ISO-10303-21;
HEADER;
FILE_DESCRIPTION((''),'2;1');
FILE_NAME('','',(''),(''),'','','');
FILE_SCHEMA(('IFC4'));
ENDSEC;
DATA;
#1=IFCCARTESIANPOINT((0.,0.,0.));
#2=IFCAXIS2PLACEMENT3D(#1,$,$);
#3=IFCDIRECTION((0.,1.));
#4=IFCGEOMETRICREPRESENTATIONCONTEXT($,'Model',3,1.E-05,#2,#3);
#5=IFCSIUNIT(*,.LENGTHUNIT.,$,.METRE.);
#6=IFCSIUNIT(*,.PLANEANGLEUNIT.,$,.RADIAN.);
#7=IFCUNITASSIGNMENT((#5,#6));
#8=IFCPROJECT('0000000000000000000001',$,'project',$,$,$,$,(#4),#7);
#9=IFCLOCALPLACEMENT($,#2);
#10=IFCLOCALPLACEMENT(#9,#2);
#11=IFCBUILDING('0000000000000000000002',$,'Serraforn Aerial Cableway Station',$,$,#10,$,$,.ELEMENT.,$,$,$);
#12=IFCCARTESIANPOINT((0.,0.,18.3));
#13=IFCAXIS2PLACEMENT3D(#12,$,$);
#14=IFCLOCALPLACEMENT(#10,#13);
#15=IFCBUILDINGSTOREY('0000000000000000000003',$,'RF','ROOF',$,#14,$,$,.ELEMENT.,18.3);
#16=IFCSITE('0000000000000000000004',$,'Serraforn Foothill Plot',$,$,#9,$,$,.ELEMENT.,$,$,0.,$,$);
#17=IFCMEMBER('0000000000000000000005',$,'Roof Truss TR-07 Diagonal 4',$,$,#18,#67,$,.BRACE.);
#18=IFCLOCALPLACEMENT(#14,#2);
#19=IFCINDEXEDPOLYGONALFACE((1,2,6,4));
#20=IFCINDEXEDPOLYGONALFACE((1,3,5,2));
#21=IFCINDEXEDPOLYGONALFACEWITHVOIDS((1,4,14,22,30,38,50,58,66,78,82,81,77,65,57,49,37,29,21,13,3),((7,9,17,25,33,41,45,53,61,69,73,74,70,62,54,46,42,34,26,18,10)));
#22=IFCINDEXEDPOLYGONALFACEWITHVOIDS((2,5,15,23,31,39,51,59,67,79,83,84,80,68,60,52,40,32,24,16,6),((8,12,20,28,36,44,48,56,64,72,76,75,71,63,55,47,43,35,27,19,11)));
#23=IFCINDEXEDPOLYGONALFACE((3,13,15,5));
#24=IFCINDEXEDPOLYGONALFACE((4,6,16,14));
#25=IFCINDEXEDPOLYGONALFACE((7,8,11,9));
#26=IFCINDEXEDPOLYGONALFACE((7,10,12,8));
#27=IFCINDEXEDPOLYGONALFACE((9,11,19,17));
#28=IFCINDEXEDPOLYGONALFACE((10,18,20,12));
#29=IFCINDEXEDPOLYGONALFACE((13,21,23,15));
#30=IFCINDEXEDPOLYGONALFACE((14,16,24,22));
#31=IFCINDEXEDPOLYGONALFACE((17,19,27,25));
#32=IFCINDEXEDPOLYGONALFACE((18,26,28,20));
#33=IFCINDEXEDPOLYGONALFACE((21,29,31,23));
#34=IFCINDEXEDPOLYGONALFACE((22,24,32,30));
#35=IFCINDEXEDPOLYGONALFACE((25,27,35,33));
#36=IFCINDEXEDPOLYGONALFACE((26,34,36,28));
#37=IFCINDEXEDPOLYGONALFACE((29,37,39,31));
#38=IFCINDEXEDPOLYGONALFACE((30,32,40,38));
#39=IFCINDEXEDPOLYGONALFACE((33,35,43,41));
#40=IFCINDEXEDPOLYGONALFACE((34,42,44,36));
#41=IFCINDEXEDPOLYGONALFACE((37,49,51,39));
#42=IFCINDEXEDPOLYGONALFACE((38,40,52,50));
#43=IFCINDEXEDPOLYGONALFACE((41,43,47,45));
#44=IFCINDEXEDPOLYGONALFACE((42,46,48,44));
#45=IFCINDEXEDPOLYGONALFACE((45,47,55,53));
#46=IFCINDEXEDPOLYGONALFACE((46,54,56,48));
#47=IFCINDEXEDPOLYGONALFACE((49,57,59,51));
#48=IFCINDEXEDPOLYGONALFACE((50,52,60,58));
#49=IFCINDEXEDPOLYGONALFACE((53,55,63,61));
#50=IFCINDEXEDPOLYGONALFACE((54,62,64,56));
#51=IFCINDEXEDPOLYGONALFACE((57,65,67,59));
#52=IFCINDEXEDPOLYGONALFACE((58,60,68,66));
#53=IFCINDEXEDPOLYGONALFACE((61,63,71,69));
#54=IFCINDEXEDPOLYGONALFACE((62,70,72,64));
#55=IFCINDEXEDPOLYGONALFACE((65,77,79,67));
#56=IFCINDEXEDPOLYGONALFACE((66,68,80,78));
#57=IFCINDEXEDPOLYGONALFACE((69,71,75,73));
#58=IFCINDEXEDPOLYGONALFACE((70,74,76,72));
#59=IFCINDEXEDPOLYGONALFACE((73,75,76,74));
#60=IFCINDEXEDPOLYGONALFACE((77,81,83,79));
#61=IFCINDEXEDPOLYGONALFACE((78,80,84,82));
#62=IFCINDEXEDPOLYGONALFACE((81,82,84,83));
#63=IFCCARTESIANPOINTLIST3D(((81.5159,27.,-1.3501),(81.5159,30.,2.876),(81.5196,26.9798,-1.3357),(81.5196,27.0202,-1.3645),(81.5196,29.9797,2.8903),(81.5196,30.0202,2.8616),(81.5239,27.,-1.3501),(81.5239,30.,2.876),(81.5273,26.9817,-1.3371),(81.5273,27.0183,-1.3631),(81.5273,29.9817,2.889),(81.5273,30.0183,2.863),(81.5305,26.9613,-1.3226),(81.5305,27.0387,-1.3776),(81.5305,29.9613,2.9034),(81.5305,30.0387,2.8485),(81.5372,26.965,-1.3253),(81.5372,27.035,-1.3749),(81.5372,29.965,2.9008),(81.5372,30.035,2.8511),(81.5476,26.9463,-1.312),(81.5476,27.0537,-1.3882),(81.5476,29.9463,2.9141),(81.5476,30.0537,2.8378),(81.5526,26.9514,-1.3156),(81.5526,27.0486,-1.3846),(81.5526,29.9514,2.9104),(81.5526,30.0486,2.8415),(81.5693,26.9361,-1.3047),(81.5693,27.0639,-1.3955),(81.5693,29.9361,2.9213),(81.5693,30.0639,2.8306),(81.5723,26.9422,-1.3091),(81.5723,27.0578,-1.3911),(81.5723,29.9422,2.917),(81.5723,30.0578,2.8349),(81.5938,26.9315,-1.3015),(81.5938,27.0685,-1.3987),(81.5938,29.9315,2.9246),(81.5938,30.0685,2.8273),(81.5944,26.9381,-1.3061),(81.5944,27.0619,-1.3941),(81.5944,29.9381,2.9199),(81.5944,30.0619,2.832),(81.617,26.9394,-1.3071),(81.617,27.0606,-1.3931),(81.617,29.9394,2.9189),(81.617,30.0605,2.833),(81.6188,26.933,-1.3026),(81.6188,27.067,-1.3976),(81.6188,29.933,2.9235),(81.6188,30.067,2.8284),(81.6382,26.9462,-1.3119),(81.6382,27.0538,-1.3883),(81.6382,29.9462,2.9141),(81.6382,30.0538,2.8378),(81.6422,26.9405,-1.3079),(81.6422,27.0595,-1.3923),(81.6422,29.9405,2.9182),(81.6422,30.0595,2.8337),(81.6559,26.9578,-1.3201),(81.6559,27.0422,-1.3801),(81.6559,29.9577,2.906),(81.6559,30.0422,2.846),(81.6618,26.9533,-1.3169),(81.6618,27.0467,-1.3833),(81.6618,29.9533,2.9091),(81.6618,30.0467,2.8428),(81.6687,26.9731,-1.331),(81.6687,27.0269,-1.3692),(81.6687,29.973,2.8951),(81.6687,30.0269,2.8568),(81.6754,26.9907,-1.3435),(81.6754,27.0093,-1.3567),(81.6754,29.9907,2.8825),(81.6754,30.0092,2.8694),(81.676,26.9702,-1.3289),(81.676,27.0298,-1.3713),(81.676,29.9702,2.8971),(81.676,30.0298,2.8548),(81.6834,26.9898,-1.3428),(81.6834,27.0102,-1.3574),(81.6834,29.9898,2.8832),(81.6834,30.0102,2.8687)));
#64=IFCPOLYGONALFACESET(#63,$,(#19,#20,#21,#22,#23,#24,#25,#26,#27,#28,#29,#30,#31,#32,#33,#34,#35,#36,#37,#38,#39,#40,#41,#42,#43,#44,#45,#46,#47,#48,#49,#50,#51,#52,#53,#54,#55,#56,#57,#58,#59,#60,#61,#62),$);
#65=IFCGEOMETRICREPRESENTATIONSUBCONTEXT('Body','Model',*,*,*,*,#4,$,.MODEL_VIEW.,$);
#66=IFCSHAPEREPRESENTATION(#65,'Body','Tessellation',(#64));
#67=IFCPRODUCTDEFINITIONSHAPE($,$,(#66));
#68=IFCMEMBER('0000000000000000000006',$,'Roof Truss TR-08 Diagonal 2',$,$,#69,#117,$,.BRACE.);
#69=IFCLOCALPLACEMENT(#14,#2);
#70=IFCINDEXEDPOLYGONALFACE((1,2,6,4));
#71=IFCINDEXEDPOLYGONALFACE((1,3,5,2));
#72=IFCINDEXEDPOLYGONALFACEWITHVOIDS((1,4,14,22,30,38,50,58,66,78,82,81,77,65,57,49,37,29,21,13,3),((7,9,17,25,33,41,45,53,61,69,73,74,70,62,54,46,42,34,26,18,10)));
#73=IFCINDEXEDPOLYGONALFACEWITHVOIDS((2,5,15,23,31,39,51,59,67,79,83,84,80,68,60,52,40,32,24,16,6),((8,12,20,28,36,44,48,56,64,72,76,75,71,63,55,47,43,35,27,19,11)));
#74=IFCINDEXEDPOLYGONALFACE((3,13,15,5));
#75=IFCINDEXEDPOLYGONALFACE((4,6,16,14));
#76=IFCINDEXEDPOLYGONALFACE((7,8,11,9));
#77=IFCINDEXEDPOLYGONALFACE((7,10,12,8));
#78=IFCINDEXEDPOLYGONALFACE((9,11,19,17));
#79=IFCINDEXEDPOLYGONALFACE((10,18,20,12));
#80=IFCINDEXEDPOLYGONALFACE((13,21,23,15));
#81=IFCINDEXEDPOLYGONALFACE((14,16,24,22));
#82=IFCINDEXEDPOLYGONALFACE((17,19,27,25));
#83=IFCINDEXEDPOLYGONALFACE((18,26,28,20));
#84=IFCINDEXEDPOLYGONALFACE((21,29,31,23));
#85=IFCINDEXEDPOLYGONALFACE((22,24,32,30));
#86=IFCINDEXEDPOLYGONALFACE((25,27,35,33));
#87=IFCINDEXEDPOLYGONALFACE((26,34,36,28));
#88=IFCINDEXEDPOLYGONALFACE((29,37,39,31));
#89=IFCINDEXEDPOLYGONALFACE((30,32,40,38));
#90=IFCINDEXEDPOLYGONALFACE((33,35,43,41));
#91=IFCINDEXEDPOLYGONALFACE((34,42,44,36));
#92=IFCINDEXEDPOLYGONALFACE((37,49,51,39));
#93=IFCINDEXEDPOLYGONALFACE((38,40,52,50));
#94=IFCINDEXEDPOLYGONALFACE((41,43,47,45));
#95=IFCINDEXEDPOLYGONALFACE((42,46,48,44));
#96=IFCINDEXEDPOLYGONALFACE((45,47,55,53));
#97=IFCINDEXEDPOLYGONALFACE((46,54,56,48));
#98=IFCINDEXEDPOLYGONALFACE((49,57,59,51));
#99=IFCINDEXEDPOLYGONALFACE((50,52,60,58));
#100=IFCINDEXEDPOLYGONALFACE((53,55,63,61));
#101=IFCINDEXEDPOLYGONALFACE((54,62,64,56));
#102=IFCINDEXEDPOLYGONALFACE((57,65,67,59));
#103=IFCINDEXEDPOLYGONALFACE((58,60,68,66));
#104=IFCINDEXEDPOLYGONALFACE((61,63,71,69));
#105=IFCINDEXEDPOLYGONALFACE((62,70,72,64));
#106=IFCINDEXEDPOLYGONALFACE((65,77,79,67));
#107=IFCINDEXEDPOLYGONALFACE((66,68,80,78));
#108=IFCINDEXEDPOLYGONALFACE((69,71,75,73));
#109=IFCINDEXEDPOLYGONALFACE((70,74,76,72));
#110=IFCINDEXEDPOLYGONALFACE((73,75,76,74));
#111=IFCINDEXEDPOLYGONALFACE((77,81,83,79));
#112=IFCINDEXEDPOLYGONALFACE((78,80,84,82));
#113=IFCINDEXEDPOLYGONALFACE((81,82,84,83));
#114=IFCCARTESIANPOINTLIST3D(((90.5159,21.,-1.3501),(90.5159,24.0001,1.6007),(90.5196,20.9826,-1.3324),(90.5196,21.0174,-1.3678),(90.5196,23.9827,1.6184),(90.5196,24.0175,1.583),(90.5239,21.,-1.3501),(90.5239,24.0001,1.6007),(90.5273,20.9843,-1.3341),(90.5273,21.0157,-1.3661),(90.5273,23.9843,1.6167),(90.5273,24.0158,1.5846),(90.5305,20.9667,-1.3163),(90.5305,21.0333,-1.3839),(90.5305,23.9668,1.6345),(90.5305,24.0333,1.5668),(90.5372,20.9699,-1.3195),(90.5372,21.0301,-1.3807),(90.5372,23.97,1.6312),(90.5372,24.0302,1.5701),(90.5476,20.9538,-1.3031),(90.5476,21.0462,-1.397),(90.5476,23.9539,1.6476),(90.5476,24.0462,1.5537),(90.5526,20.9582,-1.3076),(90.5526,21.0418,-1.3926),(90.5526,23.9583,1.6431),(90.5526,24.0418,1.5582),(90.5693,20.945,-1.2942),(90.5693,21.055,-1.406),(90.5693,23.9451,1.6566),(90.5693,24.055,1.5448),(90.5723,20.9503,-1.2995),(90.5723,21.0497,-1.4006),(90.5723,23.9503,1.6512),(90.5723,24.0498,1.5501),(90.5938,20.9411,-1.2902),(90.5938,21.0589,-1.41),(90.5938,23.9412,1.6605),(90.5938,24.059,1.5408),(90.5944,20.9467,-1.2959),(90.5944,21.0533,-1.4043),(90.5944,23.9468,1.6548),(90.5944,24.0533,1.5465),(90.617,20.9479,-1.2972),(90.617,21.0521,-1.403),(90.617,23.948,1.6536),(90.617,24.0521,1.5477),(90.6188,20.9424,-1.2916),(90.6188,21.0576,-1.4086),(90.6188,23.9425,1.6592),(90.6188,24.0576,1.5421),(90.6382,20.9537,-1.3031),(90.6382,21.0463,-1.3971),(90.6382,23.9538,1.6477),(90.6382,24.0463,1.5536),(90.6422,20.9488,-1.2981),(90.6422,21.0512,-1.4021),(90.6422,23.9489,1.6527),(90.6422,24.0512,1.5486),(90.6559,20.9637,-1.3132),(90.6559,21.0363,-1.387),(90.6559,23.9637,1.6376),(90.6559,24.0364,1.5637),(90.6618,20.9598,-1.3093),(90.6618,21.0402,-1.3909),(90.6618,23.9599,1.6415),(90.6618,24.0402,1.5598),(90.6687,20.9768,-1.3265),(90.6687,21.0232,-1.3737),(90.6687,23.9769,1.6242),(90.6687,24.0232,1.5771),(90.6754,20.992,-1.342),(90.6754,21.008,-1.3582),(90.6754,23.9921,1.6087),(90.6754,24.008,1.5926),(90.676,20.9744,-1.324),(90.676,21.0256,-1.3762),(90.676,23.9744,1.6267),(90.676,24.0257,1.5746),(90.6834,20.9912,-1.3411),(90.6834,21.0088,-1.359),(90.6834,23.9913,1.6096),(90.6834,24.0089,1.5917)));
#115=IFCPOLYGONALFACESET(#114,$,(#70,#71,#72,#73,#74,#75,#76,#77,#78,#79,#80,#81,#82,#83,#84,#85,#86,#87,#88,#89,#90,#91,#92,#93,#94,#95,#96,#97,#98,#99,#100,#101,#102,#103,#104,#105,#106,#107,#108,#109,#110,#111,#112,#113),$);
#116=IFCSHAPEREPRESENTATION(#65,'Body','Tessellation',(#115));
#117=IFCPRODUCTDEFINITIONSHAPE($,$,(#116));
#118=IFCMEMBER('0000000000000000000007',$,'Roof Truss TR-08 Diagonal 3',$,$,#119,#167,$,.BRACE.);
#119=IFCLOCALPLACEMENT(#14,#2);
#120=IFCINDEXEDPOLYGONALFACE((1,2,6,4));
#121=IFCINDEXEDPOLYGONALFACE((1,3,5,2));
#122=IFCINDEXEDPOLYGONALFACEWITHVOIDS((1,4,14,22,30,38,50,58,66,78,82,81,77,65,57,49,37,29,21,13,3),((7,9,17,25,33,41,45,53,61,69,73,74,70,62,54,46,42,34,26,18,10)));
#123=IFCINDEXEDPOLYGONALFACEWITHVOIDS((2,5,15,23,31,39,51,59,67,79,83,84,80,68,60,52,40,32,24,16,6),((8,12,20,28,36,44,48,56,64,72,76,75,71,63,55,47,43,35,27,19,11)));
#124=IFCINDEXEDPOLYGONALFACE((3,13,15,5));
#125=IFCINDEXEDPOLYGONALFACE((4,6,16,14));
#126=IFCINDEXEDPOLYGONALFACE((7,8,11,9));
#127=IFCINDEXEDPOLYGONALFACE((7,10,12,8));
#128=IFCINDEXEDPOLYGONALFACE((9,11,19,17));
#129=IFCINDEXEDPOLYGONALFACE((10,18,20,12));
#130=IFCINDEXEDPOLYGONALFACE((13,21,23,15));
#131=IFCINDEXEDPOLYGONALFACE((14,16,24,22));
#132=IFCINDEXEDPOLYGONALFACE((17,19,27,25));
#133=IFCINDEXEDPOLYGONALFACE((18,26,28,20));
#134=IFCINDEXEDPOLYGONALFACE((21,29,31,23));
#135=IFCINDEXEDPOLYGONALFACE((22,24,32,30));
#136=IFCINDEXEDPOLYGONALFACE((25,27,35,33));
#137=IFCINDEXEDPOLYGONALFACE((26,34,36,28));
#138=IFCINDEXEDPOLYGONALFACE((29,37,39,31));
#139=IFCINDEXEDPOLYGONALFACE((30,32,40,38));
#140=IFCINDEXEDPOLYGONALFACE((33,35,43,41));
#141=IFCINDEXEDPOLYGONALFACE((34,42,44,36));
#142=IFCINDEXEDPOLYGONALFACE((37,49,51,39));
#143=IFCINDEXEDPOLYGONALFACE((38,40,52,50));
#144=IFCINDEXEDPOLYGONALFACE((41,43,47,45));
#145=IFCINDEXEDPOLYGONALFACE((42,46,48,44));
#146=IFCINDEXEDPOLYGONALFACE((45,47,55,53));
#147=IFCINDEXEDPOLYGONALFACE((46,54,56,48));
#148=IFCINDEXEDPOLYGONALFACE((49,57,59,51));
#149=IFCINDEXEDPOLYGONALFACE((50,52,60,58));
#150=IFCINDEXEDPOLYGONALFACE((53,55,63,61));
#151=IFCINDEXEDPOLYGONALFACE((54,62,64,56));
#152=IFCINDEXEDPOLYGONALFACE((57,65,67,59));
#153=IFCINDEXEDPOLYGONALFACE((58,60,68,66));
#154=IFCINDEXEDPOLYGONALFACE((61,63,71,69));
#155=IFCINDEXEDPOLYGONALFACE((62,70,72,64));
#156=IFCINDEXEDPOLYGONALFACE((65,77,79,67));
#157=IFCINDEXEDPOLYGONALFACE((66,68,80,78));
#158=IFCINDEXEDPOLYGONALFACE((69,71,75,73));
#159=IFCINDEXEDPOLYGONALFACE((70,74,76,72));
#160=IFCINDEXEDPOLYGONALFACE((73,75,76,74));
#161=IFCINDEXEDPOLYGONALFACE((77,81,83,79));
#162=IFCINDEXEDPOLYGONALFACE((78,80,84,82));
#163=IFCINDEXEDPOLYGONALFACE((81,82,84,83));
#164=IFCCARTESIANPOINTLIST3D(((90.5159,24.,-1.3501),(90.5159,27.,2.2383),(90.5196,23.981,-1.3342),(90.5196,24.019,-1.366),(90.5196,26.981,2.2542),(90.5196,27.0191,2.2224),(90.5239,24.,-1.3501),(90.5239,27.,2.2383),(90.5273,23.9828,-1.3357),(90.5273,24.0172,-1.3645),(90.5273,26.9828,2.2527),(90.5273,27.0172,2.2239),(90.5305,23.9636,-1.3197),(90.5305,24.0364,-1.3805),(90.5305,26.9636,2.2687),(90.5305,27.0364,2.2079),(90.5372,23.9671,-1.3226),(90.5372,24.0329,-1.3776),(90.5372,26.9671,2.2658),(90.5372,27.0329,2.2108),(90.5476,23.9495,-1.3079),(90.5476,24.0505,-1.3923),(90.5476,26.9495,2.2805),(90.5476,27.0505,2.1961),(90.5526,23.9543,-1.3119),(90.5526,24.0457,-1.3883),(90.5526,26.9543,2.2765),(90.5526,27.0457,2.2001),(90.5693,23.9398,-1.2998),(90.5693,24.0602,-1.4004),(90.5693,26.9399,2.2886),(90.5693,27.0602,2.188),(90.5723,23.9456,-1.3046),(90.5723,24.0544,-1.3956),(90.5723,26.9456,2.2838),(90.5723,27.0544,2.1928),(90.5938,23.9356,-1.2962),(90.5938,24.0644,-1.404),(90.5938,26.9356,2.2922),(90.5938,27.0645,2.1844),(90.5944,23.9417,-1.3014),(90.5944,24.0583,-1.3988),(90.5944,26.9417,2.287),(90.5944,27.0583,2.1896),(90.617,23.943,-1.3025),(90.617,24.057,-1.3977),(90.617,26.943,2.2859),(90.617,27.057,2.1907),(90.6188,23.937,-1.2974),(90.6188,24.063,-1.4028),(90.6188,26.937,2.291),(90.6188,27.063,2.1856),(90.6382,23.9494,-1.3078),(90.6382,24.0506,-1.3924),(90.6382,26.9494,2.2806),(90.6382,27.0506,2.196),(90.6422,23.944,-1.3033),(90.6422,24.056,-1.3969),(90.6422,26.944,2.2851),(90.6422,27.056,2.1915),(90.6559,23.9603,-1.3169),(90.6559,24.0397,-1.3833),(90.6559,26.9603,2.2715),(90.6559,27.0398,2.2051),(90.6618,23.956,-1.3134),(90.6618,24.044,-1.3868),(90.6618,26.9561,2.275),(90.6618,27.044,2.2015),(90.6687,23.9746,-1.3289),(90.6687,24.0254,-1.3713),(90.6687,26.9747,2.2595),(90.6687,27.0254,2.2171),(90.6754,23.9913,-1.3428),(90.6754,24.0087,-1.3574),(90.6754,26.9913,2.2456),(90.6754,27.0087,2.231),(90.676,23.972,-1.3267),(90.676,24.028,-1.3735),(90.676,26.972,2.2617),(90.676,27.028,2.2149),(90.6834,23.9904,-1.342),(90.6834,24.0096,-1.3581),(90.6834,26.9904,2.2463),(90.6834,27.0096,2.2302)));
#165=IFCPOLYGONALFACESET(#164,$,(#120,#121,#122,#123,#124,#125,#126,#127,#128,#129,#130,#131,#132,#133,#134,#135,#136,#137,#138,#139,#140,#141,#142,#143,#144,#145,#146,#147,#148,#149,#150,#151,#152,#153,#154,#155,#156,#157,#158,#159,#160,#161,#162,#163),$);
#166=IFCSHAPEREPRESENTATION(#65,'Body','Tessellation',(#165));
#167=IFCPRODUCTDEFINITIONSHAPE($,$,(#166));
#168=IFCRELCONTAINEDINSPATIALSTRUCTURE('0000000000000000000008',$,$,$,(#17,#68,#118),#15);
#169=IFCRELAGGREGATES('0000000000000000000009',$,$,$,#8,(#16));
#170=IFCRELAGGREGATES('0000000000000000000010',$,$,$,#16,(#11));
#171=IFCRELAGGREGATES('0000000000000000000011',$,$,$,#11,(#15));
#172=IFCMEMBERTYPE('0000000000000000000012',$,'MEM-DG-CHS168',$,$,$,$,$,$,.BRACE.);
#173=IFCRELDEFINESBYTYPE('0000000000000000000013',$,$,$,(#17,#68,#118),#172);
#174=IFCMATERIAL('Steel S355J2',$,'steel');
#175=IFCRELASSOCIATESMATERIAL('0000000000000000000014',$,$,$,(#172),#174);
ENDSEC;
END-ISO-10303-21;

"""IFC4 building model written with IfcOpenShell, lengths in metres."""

from ifc_helpers import new_model, si_unit, direction, frame, origin, origin_2d, place, context, subcontext, project, spatial, hollow_circle, extrude, material, material_profile, profile_set, type_object, element, save


model = new_model("IFC4")

# Units and contexts
model_context = context("Model", 3, precision=1e-05, world=origin(), true_north=direction((0.0, 1.0)))
body_context = subcontext(model_context, "Body", "Model", "MODEL_VIEW")
ifc_project = project(units=[si_unit("LENGTHUNIT", "METRE"), si_unit("PLANEANGLEUNIT", "RADIAN")], contexts=[model_context])

# Site, building, storey
site_placement = place(None, origin())
site = spatial("IfcSite", under=ifc_project, at=site_placement, Name="Serraforn Foothill Plot", CompositionType="ELEMENT", RefElevation=0.0)
building_placement = place(site_placement, origin())
building = spatial("IfcBuilding", under=site, at=building_placement, Name="Serraforn Aerial Cableway Station", CompositionType="ELEMENT")
storey_placement = place(building_placement, frame((0.0, 0.0, 18.3)))
storey = spatial("IfcBuildingStorey", under=building, at=storey_placement, Name="RF", Description="ROOF", CompositionType="ELEMENT", Elevation=18.3)

# Members
ifc_material_1 = material(Name="Steel S355J2", Category="steel")
ifc_material_profile_1 = material_profile(ifc_material_1, hollow_circle(Radius=0.0842, WallThickness=0.0081, at=origin_2d()), Name="CHS 168.3x8.0")
ifc_profile_set_1 = profile_set([ifc_material_profile_1], Name="Steel S355J2")
member_type_1 = type_object("IfcMemberType", Name="MEM-DG-CHS168", PredefinedType="BRACE", material=ifc_profile_set_1)
member_1_placement = place(storey_placement, frame((81.6001, 27.0, -1.3501), z_axis=(0.0, 0.578856, 0.81543), x_axis=(-1.0, 0.0, 0.0)))
element("IfcMember", 1, at=member_1_placement, inside=storey, type_object=member_type_1, Name="Roof Truss TR-07 Diagonal 4", PredefinedType="BRACE", context=body_context, shape_type="SweptSolid", body=[
    extrude(hollow_circle(Radius=0.0842, WallThickness=0.0081, at=origin_2d()), origin(), (0.0, 0.0, 1.0), 5.1826),
])
member_2_placement = place(storey_placement, frame((90.6001, 21.0, -1.3501), z_axis=(0.0, 0.712942, 0.701223), x_axis=(-1.0, 0.0, 0.0)))
element("IfcMember", 2, at=member_2_placement, inside=storey, type_object=member_type_1, Name="Roof Truss TR-08 Diagonal 2", PredefinedType="BRACE", context=body_context, shape_type="SweptSolid", body=[
    extrude(hollow_circle(Radius=0.0842, WallThickness=0.0081, at=origin_2d()), origin(), (0.0, 0.0, 1.0), 4.208),
])
member_3_placement = place(storey_placement, frame((90.6001, 24.0, -1.3501), z_axis=(0.0, 0.641406, 0.767202), x_axis=(-1.0, 0.0, 0.0)))
element("IfcMember", 3, at=member_3_placement, inside=storey, type_object=member_type_1, Name="Roof Truss TR-08 Diagonal 3", PredefinedType="BRACE", context=body_context, shape_type="SweptSolid", body=[
    extrude(hollow_circle(Radius=0.0842, WallThickness=0.0081, at=origin_2d()), origin(), (0.0, 0.0, 1.0), 4.6772),
])

save(model, "model.ifc")
